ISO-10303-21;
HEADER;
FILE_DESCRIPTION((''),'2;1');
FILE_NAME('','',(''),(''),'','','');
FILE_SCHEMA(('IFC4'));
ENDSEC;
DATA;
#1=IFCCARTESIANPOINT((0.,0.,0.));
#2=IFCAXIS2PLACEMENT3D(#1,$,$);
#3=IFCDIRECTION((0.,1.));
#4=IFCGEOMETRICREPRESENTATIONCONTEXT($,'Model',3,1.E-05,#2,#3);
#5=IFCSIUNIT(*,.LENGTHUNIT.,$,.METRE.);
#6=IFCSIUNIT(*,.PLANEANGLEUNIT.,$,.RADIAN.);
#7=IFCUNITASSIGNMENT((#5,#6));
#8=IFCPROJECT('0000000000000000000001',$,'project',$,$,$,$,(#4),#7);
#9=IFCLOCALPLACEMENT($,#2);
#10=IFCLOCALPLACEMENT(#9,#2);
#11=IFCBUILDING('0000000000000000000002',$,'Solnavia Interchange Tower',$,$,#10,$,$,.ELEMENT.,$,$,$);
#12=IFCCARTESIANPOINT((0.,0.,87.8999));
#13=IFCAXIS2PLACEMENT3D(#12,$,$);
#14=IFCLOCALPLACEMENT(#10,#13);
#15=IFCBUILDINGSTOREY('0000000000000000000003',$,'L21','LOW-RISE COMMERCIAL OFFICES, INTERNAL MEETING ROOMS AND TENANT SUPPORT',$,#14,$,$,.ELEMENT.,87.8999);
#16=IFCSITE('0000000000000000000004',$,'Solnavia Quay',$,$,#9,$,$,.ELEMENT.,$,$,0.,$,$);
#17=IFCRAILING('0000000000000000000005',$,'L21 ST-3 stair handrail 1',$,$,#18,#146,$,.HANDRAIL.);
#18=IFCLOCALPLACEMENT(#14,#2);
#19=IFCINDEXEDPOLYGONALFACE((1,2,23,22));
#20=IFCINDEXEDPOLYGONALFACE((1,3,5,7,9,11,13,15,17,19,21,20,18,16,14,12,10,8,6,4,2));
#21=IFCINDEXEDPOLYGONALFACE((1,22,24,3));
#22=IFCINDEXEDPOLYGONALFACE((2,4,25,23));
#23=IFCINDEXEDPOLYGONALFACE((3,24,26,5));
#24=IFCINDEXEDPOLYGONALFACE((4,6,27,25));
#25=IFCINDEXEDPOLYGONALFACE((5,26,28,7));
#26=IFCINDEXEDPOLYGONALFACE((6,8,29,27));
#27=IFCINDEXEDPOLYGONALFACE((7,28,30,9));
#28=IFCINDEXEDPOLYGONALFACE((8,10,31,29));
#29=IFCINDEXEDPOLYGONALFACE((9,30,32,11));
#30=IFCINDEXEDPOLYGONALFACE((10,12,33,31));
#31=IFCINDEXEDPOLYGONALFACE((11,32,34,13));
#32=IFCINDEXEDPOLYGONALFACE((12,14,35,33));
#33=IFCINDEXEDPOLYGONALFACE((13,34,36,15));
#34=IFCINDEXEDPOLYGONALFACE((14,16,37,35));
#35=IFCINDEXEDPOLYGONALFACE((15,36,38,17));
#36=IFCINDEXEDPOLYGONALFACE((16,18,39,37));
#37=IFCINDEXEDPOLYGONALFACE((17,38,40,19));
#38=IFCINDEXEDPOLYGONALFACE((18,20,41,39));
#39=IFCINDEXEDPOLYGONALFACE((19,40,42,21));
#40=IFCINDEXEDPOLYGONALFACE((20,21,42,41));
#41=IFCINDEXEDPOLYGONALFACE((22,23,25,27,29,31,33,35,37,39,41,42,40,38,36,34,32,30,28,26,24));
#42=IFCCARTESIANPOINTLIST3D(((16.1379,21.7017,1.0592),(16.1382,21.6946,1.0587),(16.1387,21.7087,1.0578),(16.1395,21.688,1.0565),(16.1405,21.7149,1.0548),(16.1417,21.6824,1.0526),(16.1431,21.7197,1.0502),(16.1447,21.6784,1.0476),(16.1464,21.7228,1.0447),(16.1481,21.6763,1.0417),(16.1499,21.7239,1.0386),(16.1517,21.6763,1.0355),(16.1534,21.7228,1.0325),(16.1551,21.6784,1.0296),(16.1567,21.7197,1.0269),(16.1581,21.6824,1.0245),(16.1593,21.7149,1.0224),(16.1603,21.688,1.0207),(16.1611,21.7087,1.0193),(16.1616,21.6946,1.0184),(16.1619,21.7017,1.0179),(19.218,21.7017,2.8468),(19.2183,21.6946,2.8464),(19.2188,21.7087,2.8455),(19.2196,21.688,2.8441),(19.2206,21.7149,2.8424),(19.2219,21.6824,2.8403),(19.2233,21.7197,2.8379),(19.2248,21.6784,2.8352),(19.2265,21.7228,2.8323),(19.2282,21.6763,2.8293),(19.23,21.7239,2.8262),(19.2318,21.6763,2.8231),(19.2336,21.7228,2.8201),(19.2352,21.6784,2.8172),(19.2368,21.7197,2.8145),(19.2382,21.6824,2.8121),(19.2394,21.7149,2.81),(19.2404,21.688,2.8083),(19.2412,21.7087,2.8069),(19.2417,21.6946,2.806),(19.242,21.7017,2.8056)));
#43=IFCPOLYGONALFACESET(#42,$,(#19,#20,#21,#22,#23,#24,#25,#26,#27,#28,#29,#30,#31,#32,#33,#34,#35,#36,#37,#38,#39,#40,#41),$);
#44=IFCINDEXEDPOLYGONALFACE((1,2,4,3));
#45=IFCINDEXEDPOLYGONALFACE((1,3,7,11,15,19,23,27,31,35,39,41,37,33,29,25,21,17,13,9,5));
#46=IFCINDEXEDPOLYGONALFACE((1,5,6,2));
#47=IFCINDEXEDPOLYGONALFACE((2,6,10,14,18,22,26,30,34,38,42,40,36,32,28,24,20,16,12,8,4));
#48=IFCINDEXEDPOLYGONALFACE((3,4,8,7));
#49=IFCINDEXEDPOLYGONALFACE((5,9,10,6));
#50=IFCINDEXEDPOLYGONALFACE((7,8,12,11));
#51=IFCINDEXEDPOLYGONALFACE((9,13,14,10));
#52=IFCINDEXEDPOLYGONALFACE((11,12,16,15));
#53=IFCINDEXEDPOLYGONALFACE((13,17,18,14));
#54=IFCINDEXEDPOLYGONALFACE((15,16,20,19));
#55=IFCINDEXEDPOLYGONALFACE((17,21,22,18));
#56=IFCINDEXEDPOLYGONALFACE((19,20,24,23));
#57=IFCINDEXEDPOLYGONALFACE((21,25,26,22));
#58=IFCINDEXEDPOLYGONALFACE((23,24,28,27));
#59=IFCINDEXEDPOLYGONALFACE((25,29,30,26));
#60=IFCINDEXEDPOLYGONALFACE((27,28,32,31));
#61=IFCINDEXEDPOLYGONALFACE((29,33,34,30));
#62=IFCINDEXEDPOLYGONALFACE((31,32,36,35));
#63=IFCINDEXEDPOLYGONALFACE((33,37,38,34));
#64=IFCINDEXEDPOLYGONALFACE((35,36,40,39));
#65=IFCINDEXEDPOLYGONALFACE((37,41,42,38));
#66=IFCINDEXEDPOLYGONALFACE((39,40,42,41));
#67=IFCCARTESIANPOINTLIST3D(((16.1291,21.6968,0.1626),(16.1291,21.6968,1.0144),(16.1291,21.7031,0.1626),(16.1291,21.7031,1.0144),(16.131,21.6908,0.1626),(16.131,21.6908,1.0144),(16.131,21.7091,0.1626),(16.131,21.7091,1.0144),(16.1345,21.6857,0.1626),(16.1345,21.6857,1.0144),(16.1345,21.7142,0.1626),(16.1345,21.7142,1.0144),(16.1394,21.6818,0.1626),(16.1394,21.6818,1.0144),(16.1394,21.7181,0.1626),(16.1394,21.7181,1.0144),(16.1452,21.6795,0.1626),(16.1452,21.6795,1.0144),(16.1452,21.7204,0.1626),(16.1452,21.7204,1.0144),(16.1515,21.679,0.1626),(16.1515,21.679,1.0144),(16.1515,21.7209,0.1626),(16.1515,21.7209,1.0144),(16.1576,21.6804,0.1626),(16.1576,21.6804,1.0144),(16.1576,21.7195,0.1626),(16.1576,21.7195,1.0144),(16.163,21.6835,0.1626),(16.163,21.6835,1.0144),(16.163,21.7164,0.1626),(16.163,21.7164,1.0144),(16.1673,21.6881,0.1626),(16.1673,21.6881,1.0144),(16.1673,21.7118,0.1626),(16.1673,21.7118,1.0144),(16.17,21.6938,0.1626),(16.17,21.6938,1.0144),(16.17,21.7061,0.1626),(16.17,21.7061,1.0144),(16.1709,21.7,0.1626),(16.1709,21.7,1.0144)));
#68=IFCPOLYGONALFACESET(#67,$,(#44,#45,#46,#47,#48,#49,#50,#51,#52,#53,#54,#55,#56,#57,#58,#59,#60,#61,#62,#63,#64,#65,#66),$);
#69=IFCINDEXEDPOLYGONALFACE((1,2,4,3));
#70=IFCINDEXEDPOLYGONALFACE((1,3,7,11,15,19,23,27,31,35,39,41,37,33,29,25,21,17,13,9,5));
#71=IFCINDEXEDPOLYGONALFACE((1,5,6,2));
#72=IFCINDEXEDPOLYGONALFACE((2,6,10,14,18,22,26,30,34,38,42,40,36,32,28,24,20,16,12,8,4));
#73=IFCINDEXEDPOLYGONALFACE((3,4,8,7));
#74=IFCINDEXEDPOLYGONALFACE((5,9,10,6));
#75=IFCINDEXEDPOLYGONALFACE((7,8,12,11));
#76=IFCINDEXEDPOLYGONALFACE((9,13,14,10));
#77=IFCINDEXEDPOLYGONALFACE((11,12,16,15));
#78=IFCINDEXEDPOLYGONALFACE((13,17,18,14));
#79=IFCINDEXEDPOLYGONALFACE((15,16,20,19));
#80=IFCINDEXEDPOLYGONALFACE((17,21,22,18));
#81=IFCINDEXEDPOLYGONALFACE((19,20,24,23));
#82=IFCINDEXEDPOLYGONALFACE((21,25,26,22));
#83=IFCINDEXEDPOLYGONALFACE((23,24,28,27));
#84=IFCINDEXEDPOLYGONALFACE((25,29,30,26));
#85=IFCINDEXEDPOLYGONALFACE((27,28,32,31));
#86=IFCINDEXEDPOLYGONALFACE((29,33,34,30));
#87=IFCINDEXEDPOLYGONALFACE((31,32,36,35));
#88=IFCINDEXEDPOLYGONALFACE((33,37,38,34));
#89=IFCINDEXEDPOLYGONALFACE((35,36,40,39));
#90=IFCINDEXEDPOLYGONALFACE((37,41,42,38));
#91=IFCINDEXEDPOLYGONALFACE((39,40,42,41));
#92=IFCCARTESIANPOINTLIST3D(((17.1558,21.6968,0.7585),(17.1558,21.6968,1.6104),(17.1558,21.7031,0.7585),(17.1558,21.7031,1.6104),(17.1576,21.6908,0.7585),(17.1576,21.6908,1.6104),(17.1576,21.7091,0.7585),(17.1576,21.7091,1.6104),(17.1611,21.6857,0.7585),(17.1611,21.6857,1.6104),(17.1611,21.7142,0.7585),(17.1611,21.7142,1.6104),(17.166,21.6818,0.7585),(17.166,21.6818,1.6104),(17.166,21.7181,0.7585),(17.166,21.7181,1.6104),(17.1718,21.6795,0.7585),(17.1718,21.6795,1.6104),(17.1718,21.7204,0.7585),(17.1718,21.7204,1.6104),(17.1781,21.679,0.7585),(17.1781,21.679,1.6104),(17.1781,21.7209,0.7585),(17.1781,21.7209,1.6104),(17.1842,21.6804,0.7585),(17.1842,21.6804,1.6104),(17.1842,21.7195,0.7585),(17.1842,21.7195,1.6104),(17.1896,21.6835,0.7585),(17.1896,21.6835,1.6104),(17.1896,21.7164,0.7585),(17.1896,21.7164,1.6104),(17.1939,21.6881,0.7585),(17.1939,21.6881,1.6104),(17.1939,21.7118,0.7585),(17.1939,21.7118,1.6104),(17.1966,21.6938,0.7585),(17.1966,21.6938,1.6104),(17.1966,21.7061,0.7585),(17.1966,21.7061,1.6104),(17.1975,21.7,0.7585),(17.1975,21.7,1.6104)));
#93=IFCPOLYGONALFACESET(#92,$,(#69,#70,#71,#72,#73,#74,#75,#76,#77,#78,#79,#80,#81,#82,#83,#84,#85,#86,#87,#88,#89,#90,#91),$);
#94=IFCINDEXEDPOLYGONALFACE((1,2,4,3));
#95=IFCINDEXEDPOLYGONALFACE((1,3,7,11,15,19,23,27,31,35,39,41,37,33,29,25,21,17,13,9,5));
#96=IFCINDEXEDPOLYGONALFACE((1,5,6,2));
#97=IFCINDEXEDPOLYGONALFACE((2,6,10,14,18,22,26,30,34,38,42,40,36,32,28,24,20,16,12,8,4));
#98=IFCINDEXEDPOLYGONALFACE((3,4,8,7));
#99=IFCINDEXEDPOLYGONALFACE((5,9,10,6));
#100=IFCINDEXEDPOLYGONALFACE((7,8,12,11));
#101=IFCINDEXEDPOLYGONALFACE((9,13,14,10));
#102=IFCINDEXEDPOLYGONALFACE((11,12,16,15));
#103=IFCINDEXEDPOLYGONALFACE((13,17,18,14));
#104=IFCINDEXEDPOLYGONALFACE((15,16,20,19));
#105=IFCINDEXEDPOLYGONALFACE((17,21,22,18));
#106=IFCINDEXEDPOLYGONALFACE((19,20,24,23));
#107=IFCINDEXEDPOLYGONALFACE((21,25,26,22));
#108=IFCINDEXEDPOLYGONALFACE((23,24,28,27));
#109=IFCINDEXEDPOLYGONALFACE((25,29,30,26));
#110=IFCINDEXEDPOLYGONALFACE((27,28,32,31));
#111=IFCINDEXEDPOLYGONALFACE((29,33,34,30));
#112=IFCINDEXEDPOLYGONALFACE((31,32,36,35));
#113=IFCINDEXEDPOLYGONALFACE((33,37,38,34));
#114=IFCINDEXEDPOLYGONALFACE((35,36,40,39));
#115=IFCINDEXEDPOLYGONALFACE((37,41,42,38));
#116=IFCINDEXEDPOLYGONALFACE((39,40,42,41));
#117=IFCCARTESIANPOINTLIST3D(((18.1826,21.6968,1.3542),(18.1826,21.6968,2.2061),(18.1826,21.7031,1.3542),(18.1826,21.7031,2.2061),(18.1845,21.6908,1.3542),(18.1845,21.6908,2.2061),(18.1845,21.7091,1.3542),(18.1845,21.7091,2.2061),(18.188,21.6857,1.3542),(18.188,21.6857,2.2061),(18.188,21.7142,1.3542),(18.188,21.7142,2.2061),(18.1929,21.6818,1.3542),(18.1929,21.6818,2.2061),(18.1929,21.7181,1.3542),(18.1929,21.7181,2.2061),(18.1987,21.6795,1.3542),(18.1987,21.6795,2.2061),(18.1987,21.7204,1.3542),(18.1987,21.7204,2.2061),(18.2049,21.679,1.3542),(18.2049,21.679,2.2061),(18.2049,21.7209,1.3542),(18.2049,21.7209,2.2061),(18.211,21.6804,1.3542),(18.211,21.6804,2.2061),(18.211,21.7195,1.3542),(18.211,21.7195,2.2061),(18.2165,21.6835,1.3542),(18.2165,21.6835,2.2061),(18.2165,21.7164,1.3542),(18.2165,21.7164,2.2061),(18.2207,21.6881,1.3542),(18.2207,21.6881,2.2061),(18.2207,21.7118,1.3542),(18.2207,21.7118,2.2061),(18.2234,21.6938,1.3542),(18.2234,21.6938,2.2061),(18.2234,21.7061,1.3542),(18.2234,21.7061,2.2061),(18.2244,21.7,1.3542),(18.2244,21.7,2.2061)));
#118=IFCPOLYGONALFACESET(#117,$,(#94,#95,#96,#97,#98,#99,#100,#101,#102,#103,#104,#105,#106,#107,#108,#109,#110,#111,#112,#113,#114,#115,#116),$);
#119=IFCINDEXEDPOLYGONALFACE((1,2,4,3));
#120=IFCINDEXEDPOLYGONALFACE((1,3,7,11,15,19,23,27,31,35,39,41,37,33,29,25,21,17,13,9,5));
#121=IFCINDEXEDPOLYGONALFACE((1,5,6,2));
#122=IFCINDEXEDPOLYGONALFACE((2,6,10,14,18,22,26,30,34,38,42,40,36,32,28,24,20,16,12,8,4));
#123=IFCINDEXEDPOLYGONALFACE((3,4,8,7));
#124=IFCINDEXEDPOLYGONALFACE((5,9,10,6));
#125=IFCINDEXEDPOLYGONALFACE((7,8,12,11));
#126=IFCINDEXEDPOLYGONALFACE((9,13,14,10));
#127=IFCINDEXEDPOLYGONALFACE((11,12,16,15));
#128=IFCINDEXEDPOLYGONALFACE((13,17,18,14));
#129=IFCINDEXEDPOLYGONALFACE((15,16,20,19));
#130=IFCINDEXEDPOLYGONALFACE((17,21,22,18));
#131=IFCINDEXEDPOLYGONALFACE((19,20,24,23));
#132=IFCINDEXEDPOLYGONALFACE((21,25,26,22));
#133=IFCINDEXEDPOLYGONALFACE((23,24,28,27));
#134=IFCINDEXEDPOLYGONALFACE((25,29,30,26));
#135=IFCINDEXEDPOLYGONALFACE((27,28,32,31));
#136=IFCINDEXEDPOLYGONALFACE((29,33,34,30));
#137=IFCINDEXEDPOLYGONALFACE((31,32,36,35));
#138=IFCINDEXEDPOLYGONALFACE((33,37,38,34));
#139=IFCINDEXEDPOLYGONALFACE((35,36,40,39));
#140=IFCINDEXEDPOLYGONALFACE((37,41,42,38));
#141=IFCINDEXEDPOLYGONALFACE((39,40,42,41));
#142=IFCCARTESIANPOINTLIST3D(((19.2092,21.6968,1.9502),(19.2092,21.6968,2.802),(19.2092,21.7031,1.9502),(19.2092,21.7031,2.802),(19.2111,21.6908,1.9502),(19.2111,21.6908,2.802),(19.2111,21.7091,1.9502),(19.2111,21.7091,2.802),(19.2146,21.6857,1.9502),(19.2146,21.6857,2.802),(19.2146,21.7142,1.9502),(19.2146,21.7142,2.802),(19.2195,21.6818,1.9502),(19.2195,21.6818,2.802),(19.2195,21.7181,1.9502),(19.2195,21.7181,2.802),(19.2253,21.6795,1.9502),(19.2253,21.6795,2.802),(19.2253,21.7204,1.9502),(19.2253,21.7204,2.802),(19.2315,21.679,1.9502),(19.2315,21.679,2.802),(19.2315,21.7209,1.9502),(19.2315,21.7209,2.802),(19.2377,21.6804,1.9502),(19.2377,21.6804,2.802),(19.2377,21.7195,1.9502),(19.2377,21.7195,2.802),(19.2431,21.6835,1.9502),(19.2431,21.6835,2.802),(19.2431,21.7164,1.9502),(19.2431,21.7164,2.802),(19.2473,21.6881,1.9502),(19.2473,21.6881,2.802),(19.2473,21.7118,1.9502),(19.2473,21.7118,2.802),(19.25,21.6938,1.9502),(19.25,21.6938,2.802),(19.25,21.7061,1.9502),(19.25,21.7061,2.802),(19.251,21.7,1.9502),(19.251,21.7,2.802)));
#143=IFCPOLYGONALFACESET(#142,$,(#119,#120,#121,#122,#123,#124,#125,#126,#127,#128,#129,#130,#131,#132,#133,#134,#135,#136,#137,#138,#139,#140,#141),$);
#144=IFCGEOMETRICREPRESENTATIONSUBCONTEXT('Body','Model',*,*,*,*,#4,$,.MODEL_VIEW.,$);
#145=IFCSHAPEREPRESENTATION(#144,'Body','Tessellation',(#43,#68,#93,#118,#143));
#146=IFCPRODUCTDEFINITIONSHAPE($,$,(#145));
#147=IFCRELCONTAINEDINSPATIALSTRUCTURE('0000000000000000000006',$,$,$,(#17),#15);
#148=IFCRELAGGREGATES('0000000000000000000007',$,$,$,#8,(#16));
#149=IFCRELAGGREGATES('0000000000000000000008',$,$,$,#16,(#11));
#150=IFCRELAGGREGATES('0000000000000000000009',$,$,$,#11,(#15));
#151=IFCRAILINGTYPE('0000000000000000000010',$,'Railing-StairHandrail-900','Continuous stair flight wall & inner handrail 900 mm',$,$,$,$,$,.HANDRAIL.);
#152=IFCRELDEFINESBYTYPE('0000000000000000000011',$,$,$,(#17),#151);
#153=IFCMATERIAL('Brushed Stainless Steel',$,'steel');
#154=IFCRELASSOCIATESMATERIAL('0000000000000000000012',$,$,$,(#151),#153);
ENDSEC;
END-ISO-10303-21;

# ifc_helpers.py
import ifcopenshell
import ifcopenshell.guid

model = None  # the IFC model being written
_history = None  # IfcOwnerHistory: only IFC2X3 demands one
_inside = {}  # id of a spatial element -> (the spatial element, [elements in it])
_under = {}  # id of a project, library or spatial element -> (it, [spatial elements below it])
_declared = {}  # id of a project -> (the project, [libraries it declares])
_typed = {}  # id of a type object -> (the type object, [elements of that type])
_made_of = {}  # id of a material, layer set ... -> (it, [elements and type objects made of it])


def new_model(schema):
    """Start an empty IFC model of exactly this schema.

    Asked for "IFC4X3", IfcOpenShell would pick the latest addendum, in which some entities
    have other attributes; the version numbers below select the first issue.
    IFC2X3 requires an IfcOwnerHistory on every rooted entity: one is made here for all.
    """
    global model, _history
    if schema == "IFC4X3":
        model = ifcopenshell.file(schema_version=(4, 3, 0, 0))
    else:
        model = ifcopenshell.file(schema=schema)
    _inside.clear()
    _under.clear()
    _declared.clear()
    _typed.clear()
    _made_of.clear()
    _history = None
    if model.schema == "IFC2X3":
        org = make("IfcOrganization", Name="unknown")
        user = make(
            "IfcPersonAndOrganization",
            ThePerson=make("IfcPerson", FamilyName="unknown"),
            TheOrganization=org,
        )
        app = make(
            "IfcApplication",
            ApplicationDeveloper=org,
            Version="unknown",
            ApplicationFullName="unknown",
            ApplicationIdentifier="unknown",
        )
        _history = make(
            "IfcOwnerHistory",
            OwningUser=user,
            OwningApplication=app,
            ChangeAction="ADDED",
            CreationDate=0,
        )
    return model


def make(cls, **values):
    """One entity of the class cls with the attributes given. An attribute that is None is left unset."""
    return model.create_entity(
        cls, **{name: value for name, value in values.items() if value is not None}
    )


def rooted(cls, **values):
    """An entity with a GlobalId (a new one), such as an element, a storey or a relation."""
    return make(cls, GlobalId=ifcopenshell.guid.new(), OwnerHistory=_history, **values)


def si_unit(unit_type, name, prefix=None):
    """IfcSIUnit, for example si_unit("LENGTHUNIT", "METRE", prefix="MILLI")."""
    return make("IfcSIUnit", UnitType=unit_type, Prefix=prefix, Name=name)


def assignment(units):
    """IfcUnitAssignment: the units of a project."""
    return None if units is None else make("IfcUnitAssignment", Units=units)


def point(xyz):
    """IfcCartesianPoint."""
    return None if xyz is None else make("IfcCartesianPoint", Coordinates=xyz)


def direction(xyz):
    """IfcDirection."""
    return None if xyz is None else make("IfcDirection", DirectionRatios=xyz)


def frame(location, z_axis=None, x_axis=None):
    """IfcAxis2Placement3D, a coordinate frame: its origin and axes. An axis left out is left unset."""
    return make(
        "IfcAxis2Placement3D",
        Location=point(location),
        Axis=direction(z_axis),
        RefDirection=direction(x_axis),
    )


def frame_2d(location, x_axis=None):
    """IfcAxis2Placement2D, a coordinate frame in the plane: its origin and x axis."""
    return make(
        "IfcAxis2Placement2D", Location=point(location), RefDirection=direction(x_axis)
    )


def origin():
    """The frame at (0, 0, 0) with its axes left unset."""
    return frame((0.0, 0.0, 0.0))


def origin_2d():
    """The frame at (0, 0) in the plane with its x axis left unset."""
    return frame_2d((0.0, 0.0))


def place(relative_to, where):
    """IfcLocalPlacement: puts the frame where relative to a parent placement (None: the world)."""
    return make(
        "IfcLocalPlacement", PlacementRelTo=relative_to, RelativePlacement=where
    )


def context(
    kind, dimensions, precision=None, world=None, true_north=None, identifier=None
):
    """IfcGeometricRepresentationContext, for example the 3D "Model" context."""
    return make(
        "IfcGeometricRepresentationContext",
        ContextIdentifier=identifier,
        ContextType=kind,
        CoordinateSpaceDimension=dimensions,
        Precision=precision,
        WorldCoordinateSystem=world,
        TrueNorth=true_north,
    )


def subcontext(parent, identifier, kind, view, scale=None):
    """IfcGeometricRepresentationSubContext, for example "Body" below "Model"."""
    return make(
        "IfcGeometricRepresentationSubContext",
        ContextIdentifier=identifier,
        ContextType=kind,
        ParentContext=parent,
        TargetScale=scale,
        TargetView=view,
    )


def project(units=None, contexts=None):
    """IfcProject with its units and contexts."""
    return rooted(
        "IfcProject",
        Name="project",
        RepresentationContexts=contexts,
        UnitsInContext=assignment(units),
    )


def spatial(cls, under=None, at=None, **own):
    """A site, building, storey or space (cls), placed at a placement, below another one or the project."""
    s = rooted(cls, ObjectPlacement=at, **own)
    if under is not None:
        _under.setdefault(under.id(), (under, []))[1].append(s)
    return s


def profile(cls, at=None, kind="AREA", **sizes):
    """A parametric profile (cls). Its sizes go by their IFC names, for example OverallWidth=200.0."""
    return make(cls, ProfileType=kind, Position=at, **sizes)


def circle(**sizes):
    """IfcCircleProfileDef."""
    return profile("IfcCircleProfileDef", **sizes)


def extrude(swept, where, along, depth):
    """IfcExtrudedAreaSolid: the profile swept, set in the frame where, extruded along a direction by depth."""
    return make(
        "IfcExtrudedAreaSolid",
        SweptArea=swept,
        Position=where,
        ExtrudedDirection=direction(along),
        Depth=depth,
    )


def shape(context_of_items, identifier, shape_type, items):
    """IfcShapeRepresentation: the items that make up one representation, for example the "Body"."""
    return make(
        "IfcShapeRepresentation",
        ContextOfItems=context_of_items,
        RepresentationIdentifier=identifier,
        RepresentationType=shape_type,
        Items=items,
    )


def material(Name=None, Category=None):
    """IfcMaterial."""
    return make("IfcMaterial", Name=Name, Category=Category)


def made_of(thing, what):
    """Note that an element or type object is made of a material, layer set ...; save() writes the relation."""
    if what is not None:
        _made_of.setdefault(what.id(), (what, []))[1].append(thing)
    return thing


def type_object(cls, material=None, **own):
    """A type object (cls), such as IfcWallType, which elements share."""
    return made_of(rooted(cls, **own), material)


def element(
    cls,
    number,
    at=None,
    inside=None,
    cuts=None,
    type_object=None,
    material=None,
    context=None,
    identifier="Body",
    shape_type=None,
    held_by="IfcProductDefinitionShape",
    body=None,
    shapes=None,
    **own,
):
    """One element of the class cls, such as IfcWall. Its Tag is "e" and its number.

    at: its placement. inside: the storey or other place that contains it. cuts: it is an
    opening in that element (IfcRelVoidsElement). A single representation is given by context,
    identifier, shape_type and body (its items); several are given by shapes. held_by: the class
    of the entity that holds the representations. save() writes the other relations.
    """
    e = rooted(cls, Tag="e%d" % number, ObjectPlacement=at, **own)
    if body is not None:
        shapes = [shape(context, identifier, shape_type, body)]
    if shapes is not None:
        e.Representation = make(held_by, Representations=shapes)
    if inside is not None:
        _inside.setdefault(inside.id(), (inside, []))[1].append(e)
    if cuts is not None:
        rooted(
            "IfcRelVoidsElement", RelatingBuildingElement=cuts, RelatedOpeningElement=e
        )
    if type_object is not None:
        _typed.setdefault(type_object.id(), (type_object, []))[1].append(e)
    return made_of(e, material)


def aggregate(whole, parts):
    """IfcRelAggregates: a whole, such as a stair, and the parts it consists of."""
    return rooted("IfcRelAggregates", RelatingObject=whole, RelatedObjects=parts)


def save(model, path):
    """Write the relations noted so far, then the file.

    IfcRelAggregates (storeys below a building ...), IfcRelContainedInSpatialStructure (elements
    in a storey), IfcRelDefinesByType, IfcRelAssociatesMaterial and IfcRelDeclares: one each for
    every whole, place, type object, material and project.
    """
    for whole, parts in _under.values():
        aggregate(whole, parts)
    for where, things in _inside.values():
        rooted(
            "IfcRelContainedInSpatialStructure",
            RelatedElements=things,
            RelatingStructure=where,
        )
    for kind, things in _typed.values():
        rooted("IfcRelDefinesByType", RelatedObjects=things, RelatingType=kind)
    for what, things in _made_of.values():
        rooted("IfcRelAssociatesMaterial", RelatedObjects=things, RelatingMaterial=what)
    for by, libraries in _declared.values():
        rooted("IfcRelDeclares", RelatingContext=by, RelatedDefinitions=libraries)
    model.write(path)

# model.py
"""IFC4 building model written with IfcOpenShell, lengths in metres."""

from ifc_helpers import new_model, si_unit, direction, frame, origin, origin_2d, place, context, subcontext, project, spatial, circle, extrude, material, type_object, element, save


model = new_model("IFC4")

# Units and contexts
model_context = context("Model", 3, precision=1e-05, world=origin(), true_north=direction((0.0, 1.0)))
body_context = subcontext(model_context, "Body", "Model", "MODEL_VIEW")
ifc_project = project(units=[si_unit("LENGTHUNIT", "METRE"), si_unit("PLANEANGLEUNIT", "RADIAN")], contexts=[model_context])

# Site, building, storey
site_placement = place(None, origin())
site = spatial("IfcSite", under=ifc_project, at=site_placement, Name="Solnavia Quay", CompositionType="ELEMENT", RefElevation=0.0)
building_placement = place(site_placement, origin())
building = spatial("IfcBuilding", under=site, at=building_placement, Name="Solnavia Interchange Tower", CompositionType="ELEMENT")
storey_placement = place(building_placement, frame((0.0, 0.0, 87.8999)))
storey = spatial("IfcBuildingStorey", under=building, at=storey_placement, Name="L21", Description="LOW-RISE COMMERCIAL OFFICES, INTERNAL MEETING ROOMS AND TENANT SUPPORT", CompositionType="ELEMENT", Elevation=87.8999)

# Railing
ifc_material_1 = material(Name="Brushed Stainless Steel", Category="steel")
railing_type_1 = type_object("IfcRailingType", Name="Railing-StairHandrail-900", Description="Continuous stair flight wall & inner handrail 900 mm", PredefinedType="HANDRAIL", material=ifc_material_1)
railing_1_placement = place(storey_placement, frame((16.1499, 21.7, 0.1626)))
element("IfcRailing", 1, at=railing_1_placement, inside=storey, type_object=railing_type_1, Name="L21 ST-3 stair handrail 1", PredefinedType="HANDRAIL", context=body_context, shape_type="SweptSolid", body=[
    extrude(circle(Radius=0.0239, at=origin_2d()), frame((0.0, 0.0, 0.876), z_axis=(0.864891, 0.0, 0.50196), x_axis=(0.0, 1.0, 0.0)), (0.0, 0.0, 1.0), 3.5613),
    extrude(circle(Radius=0.021, at=origin_2d()), origin(), (0.0, 0.0, 1.0), 0.8518),
    extrude(circle(Radius=0.021, at=origin_2d()), frame((1.0266, 0.0, 0.5959)), (0.0, 0.0, 1.0), 0.8518),
    extrude(circle(Radius=0.021, at=origin_2d()), frame((2.0535, 0.0, 1.1917)), (0.0, 0.0, 1.0), 0.8518),
    extrude(circle(Radius=0.021, at=origin_2d()), frame((3.0801, 0.0, 1.7876)), (0.0, 0.0, 1.0), 0.8518),
])

save(model, "model.ifc")
